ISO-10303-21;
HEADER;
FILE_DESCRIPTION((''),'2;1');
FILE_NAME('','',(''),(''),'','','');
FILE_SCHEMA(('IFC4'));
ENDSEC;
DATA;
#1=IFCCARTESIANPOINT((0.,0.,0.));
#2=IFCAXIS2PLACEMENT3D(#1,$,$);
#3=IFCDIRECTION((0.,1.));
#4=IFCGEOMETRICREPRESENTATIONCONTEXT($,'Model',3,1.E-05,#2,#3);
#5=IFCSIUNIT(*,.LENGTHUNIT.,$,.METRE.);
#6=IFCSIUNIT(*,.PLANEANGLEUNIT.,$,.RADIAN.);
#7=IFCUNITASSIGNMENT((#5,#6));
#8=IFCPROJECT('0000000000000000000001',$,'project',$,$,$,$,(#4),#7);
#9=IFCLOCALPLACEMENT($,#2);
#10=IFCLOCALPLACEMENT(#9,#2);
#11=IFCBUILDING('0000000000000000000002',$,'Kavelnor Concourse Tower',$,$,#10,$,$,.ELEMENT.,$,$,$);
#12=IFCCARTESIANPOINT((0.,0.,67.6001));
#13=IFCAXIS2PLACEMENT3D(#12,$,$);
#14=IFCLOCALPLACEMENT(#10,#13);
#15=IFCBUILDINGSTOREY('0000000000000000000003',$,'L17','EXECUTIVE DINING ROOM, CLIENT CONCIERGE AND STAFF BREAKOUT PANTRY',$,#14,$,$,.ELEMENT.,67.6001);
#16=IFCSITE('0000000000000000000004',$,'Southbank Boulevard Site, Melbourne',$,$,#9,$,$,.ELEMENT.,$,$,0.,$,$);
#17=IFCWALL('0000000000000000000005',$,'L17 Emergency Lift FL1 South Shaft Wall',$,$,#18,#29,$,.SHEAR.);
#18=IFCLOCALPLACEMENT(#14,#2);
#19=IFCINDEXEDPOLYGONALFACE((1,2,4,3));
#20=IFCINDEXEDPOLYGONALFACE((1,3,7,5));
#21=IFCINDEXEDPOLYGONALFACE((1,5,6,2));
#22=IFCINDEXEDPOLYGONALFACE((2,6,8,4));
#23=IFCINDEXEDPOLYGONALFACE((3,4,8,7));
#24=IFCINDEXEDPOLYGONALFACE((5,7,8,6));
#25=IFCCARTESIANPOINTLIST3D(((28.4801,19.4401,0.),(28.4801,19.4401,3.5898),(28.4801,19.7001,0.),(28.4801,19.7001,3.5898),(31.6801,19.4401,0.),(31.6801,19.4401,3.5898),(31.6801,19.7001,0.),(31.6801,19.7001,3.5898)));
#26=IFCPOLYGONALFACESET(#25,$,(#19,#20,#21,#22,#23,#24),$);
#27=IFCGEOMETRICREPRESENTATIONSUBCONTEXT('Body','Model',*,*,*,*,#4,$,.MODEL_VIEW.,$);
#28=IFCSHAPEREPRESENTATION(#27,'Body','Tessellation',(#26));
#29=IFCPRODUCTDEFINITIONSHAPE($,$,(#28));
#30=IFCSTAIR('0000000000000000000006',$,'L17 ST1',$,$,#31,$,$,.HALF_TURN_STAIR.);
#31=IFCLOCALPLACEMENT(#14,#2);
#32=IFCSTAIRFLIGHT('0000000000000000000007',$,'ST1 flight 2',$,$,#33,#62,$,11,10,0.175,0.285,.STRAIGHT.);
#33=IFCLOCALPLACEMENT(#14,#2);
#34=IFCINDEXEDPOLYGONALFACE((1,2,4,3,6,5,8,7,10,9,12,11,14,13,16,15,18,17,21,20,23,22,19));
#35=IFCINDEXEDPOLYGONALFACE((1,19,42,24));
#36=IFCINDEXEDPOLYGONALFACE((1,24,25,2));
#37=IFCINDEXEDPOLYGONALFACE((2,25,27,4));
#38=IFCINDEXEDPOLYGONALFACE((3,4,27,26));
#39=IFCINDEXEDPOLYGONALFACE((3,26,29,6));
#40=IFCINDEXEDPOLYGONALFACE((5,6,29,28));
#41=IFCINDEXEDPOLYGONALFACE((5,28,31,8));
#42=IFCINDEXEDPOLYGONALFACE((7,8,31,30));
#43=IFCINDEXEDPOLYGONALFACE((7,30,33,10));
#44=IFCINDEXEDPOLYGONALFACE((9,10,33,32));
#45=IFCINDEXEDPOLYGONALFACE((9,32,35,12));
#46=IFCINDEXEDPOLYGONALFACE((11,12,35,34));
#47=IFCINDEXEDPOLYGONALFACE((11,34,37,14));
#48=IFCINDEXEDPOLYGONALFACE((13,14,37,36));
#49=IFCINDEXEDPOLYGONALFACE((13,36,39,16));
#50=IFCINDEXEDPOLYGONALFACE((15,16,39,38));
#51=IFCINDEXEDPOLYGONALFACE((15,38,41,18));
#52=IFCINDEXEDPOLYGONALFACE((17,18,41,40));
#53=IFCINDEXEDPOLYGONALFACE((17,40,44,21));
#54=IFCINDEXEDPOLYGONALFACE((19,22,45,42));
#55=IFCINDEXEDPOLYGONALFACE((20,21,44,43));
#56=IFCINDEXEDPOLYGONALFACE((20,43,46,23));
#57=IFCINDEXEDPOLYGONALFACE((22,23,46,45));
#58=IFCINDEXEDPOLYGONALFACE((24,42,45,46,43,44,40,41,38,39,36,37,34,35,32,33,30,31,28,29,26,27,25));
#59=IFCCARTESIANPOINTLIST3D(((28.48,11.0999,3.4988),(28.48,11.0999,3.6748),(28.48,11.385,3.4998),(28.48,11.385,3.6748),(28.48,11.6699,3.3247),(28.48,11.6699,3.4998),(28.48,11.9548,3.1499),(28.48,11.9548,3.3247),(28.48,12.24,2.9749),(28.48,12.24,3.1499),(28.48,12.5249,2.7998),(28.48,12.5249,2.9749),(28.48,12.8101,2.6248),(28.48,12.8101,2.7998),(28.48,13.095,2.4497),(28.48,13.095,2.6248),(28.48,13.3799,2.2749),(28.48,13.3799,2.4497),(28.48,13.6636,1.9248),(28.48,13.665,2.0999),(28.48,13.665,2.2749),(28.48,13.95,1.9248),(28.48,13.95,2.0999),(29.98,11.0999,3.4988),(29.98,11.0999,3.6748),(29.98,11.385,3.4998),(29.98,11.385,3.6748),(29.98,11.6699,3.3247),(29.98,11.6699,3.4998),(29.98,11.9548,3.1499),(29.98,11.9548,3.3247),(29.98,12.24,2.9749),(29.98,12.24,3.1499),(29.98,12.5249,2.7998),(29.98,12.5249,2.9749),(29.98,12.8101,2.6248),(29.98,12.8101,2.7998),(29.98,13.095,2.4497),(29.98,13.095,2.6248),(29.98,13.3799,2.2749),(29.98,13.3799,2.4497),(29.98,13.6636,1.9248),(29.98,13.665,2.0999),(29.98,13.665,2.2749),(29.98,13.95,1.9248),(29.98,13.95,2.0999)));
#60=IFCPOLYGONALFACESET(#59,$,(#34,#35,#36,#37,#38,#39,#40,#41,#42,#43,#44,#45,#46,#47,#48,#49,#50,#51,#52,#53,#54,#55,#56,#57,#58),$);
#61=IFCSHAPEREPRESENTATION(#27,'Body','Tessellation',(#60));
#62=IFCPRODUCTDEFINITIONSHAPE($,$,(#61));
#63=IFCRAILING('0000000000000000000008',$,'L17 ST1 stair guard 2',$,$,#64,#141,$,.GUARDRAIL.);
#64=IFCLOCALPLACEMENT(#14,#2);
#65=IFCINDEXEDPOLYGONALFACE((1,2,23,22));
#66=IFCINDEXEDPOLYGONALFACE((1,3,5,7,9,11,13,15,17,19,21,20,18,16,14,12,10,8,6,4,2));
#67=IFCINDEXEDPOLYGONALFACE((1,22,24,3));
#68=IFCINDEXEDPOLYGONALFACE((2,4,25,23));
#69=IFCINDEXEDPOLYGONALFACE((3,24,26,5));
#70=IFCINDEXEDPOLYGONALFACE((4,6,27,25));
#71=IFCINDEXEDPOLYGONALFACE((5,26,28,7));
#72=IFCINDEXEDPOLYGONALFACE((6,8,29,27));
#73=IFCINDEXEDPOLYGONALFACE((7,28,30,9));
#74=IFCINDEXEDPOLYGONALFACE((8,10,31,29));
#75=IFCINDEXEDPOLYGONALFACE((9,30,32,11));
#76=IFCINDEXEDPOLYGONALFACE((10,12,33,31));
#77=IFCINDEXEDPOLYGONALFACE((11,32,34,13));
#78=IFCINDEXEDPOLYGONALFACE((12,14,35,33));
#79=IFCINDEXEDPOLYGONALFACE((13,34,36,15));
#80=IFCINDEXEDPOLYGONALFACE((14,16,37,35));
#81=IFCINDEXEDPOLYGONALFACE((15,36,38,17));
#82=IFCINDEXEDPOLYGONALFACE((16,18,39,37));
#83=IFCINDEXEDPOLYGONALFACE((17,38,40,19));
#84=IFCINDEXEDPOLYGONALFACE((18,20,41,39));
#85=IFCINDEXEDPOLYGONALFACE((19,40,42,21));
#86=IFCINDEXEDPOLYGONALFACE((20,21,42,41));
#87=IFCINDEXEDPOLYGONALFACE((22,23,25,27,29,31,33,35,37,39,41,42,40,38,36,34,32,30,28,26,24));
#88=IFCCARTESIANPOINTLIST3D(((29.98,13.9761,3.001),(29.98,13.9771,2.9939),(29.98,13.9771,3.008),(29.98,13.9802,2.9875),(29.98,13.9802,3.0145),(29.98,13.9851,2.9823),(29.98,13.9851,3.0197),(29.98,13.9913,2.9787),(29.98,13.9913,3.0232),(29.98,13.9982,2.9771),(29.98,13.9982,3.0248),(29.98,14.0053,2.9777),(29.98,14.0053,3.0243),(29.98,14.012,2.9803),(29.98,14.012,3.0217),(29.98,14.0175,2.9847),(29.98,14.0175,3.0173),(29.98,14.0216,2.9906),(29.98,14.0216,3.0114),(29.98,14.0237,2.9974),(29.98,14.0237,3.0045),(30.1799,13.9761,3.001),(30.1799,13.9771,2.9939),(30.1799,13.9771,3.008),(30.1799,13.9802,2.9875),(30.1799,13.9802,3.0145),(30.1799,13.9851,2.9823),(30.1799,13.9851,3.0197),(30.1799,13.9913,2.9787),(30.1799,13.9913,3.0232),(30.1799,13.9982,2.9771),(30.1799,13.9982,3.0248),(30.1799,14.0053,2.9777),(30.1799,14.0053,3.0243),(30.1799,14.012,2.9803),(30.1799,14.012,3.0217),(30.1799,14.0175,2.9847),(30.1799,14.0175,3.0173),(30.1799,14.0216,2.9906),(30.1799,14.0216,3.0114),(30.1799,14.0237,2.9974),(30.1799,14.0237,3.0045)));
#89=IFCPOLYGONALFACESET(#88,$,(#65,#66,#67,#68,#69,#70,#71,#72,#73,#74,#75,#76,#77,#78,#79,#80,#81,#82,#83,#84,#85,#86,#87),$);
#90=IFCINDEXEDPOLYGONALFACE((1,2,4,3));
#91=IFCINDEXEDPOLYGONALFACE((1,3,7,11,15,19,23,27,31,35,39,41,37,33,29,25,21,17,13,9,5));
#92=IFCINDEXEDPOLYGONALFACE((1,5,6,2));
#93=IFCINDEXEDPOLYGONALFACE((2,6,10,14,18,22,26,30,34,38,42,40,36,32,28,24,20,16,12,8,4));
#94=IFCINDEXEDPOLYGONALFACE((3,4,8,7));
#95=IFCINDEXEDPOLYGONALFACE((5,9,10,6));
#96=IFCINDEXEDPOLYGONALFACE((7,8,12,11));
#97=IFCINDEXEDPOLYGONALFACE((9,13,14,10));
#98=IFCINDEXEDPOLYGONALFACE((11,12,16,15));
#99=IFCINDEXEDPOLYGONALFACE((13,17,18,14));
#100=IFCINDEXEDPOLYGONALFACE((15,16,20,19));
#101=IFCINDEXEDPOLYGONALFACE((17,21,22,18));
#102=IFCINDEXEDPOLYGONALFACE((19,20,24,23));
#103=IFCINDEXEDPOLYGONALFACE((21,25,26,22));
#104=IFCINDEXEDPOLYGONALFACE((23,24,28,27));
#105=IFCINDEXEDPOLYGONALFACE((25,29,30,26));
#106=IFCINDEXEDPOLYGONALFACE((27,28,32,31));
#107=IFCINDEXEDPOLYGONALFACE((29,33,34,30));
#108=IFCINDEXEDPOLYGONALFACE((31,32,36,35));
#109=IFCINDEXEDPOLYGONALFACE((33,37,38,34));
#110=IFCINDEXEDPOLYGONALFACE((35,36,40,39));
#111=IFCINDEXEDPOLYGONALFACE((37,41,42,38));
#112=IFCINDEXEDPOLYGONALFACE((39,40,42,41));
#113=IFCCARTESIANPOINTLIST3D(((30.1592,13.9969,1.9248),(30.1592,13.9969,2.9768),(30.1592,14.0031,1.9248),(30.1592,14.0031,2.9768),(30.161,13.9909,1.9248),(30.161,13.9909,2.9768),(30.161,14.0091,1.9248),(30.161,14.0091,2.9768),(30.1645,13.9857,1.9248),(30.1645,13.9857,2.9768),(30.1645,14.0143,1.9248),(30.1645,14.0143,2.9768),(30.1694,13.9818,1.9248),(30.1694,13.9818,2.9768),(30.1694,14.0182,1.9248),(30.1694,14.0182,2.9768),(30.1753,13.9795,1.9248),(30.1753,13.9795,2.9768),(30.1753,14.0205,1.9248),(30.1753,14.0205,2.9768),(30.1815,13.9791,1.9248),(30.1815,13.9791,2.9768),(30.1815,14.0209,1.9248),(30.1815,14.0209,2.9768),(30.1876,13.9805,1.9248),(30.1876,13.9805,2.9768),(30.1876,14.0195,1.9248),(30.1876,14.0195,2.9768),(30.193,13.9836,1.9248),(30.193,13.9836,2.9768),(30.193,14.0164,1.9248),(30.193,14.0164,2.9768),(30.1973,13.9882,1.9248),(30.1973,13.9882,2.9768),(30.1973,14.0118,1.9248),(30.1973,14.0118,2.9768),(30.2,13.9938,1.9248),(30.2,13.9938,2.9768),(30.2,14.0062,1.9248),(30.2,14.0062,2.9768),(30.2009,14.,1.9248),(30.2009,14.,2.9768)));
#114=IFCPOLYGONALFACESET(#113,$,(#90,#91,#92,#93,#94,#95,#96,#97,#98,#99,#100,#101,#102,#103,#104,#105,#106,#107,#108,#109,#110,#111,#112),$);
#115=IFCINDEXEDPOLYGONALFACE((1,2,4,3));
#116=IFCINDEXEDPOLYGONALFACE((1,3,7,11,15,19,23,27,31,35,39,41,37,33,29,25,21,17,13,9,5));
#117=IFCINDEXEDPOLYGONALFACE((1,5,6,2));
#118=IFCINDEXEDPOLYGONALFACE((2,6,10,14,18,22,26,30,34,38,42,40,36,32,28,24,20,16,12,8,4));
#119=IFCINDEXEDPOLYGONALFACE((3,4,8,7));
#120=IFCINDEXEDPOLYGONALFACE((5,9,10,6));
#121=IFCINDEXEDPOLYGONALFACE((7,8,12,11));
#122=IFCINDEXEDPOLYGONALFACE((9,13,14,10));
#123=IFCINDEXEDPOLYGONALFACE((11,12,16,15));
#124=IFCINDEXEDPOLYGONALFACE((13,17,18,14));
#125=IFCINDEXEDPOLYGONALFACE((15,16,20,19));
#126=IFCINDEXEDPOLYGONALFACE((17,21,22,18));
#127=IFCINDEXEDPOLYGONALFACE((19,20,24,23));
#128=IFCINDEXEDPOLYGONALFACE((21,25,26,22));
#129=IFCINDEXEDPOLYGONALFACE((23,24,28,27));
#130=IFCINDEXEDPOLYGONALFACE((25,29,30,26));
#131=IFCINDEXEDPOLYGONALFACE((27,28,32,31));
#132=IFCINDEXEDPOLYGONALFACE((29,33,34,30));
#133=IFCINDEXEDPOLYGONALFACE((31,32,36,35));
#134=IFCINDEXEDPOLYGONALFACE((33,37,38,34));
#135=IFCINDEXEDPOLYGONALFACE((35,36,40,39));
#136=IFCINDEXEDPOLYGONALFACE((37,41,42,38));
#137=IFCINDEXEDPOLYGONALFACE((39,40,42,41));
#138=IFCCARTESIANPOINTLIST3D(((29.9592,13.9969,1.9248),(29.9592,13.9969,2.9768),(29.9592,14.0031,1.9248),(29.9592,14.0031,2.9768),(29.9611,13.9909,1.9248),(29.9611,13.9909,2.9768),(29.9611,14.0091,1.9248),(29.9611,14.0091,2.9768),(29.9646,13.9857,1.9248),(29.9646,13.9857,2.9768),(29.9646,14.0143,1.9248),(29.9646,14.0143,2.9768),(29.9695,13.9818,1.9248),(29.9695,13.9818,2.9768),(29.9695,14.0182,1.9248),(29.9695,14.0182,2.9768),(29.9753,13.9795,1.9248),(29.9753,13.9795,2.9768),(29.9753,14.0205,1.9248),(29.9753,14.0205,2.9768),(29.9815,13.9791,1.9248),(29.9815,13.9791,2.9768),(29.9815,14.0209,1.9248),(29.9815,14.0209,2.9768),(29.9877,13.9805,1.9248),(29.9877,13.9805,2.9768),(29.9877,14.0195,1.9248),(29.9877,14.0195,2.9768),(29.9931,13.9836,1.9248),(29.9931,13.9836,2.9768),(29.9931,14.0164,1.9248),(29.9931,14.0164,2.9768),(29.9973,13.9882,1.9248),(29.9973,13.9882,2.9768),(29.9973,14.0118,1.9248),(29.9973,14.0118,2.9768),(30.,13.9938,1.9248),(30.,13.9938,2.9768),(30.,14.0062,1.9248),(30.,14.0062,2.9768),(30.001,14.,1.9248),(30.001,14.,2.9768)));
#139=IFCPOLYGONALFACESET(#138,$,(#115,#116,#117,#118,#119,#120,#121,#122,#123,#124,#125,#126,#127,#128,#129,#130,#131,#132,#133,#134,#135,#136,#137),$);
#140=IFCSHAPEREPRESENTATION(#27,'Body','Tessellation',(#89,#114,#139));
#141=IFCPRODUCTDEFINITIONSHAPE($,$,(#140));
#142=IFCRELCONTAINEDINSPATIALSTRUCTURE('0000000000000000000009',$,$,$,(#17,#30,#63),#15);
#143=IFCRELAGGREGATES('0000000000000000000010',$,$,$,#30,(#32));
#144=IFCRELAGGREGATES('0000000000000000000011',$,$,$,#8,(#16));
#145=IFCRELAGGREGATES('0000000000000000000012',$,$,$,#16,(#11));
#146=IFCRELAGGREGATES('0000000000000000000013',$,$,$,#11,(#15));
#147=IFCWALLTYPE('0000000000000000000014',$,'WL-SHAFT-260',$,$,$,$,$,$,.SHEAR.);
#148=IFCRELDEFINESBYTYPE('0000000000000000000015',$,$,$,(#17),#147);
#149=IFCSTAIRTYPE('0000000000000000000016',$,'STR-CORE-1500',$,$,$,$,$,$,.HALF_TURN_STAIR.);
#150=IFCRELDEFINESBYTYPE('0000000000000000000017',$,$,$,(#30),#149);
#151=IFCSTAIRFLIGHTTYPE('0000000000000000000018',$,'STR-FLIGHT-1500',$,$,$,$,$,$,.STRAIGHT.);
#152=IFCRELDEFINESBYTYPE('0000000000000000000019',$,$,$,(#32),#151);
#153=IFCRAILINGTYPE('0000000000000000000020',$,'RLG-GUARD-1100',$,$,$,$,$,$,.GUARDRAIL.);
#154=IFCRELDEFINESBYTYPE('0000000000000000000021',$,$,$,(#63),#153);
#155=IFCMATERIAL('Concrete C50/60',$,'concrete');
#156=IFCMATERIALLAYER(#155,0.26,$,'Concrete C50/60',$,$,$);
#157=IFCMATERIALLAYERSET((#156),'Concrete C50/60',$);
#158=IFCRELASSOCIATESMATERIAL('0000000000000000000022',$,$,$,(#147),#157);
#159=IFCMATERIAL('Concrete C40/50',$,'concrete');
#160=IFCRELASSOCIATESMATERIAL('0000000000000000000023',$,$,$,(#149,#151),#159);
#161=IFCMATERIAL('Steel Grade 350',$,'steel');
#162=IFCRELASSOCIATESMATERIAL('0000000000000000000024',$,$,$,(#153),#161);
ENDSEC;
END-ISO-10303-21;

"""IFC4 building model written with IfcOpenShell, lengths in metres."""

from ifc_helpers import new_model, si_unit, direction, frame, frame_2d, origin, origin_2d, place, context, subcontext, project, spatial, polyline, rectangle, circle, outline, extrude, material, layer, layer_set, type_object, element, aggregate, save


model = new_model("IFC4")

# Units and contexts
model_context = context("Model", 3, precision=1e-05, world=origin(), true_north=direction((0.0, 1.0)))
body_context = subcontext(model_context, "Body", "Model", "MODEL_VIEW")
ifc_project = project(units=[si_unit("LENGTHUNIT", "METRE"), si_unit("PLANEANGLEUNIT", "RADIAN")], contexts=[model_context])

# Site, building, storey
site_placement = place(None, origin())
site = spatial("IfcSite", under=ifc_project, at=site_placement, Name="Southbank Boulevard Site, Melbourne", CompositionType="ELEMENT", RefElevation=0.0)
building_placement = place(site_placement, origin())
building = spatial("IfcBuilding", under=site, at=building_placement, Name="Kavelnor Concourse Tower", CompositionType="ELEMENT")
storey_placement = place(building_placement, frame((0.0, 0.0, 67.6001)))
storey = spatial("IfcBuildingStorey", under=building, at=storey_placement, Name="L17", Description="EXECUTIVE DINING ROOM, CLIENT CONCIERGE AND STAFF BREAKOUT PANTRY", CompositionType="ELEMENT", Elevation=67.6001)

# Shared definitions
ifc_material_1 = material(Name="Steel Grade 350", Category="steel")

# Shared definitions
ifc_material_2 = material(Name="Concrete C50/60", Category="concrete")

# Wall
ifc_layer_1 = layer(ifc_material_2, 0.26, Name="Concrete C50/60")
ifc_layer_set_1 = layer_set([ifc_layer_1], Name="Concrete C50/60")
wall_type_1 = type_object("IfcWallType", Name="WL-SHAFT-260", PredefinedType="SHEAR", material=ifc_layer_set_1)
for number, where, z_axis, x_axis, name in (
    (1, (28.48, 19.5701, 0.0), (0.0, 0.0, 1.0), (1.0, 0.0, 0.0), "L17 Emergency Lift FL1 South Shaft Wall"),
):
    element("IfcWall", number, at=place(storey_placement, frame(where, z_axis=z_axis, x_axis=x_axis)), inside=storey, type_object=wall_type_1, Name=name, PredefinedType="SHEAR", context=body_context, shape_type="SweptSolid", body=[
        extrude(rectangle(XDim=3.2, YDim=0.26, at=frame_2d((1.6001, 0.0))), origin(), (0.0, 0.0, 1.0), 3.5898),
    ])

# Stair, stair flight
ifc_material_3 = material(Name="Concrete C40/50", Category="concrete")
stair_type = type_object("IfcStairType", Name="STR-CORE-1500", PredefinedType="HALF_TURN_STAIR", material=ifc_material_3)
stair_placement = place(storey_placement, origin())
stair = element("IfcStair", 2, at=stair_placement, inside=storey, type_object=stair_type, Name="L17 ST1", PredefinedType="HALF_TURN_STAIR")
stair_flight_type = type_object("IfcStairFlightType", Name="STR-FLIGHT-1500", PredefinedType="STRAIGHT", material=ifc_material_3)
stair_flight_placement = place(storey_placement, frame((29.23, 13.95, 1.9248), z_axis=(0.0, 0.0, 1.0), x_axis=(0.0, -1.0, 0.0)))
stair_flight = element("IfcStairFlight", 3, at=stair_flight_placement, type_object=stair_flight_type, Name="ST1 flight 2", NumberOfRisers=11, NumberOfTreads=10, PredefinedType="STRAIGHT", RiserHeight=0.175, TreadLength=0.285, context=body_context, shape_type="SweptSolid", body=[
    extrude(outline(polyline([(0.0, 0.0), (0.0, 0.175), (0.2849, 0.175), (0.2849, 0.3501), (0.5701, 0.3501), (0.5701, 0.5249), (0.855, 0.5249), (0.855, 0.7), (1.1399, 0.7), (1.1399, 0.875), (1.425, 0.875), (1.425, 1.05), (1.71, 1.05), (1.71, 1.2251), (1.9951, 1.2251), (1.9951, 1.3999), (2.28, 1.3999), (2.28, 1.575), (2.5649, 1.575), (2.5649, 1.75), (2.8501, 1.75), (2.8501, 1.925), (2.8501, 1.574), (0.2864, 0.0), (0.0, 0.0)])), frame((0.0, 0.75, 0.0), z_axis=(0.0, -1.0, 0.0), x_axis=(1.0, 0.0, 0.0)), (0.0, 0.0, 1.0), 1.5),
])
aggregate(stair, [stair_flight])

# Railing
railing_type = type_object("IfcRailingType", Name="RLG-GUARD-1100", PredefinedType="GUARDRAIL", material=ifc_material_1)
railing_1_placement = place(storey_placement, frame((30.1799, 14.0, 1.9248)))
element("IfcRailing", 4, at=railing_1_placement, inside=storey, type_object=railing_type, Name="L17 ST1 stair guard 2", PredefinedType="GUARDRAIL", context=body_context, shape_type="SweptSolid", body=[
    extrude(circle(Radius=0.0239, at=origin_2d()), frame((0.0, 0.0, 1.0762), z_axis=(-1.0, 0.0, 0.0), x_axis=(0.0, -1.0, 0.0)), (0.0, 0.0, 1.0), 0.2),
    extrude(circle(Radius=0.021, at=origin_2d()), origin(), (0.0, 0.0, 1.0), 1.052),
    extrude(circle(Radius=0.021, at=origin_2d()), frame((-0.2, 0.0, 0.0)), (0.0, 0.0, 1.0), 1.052),
])

save(model, "model.ifc")
